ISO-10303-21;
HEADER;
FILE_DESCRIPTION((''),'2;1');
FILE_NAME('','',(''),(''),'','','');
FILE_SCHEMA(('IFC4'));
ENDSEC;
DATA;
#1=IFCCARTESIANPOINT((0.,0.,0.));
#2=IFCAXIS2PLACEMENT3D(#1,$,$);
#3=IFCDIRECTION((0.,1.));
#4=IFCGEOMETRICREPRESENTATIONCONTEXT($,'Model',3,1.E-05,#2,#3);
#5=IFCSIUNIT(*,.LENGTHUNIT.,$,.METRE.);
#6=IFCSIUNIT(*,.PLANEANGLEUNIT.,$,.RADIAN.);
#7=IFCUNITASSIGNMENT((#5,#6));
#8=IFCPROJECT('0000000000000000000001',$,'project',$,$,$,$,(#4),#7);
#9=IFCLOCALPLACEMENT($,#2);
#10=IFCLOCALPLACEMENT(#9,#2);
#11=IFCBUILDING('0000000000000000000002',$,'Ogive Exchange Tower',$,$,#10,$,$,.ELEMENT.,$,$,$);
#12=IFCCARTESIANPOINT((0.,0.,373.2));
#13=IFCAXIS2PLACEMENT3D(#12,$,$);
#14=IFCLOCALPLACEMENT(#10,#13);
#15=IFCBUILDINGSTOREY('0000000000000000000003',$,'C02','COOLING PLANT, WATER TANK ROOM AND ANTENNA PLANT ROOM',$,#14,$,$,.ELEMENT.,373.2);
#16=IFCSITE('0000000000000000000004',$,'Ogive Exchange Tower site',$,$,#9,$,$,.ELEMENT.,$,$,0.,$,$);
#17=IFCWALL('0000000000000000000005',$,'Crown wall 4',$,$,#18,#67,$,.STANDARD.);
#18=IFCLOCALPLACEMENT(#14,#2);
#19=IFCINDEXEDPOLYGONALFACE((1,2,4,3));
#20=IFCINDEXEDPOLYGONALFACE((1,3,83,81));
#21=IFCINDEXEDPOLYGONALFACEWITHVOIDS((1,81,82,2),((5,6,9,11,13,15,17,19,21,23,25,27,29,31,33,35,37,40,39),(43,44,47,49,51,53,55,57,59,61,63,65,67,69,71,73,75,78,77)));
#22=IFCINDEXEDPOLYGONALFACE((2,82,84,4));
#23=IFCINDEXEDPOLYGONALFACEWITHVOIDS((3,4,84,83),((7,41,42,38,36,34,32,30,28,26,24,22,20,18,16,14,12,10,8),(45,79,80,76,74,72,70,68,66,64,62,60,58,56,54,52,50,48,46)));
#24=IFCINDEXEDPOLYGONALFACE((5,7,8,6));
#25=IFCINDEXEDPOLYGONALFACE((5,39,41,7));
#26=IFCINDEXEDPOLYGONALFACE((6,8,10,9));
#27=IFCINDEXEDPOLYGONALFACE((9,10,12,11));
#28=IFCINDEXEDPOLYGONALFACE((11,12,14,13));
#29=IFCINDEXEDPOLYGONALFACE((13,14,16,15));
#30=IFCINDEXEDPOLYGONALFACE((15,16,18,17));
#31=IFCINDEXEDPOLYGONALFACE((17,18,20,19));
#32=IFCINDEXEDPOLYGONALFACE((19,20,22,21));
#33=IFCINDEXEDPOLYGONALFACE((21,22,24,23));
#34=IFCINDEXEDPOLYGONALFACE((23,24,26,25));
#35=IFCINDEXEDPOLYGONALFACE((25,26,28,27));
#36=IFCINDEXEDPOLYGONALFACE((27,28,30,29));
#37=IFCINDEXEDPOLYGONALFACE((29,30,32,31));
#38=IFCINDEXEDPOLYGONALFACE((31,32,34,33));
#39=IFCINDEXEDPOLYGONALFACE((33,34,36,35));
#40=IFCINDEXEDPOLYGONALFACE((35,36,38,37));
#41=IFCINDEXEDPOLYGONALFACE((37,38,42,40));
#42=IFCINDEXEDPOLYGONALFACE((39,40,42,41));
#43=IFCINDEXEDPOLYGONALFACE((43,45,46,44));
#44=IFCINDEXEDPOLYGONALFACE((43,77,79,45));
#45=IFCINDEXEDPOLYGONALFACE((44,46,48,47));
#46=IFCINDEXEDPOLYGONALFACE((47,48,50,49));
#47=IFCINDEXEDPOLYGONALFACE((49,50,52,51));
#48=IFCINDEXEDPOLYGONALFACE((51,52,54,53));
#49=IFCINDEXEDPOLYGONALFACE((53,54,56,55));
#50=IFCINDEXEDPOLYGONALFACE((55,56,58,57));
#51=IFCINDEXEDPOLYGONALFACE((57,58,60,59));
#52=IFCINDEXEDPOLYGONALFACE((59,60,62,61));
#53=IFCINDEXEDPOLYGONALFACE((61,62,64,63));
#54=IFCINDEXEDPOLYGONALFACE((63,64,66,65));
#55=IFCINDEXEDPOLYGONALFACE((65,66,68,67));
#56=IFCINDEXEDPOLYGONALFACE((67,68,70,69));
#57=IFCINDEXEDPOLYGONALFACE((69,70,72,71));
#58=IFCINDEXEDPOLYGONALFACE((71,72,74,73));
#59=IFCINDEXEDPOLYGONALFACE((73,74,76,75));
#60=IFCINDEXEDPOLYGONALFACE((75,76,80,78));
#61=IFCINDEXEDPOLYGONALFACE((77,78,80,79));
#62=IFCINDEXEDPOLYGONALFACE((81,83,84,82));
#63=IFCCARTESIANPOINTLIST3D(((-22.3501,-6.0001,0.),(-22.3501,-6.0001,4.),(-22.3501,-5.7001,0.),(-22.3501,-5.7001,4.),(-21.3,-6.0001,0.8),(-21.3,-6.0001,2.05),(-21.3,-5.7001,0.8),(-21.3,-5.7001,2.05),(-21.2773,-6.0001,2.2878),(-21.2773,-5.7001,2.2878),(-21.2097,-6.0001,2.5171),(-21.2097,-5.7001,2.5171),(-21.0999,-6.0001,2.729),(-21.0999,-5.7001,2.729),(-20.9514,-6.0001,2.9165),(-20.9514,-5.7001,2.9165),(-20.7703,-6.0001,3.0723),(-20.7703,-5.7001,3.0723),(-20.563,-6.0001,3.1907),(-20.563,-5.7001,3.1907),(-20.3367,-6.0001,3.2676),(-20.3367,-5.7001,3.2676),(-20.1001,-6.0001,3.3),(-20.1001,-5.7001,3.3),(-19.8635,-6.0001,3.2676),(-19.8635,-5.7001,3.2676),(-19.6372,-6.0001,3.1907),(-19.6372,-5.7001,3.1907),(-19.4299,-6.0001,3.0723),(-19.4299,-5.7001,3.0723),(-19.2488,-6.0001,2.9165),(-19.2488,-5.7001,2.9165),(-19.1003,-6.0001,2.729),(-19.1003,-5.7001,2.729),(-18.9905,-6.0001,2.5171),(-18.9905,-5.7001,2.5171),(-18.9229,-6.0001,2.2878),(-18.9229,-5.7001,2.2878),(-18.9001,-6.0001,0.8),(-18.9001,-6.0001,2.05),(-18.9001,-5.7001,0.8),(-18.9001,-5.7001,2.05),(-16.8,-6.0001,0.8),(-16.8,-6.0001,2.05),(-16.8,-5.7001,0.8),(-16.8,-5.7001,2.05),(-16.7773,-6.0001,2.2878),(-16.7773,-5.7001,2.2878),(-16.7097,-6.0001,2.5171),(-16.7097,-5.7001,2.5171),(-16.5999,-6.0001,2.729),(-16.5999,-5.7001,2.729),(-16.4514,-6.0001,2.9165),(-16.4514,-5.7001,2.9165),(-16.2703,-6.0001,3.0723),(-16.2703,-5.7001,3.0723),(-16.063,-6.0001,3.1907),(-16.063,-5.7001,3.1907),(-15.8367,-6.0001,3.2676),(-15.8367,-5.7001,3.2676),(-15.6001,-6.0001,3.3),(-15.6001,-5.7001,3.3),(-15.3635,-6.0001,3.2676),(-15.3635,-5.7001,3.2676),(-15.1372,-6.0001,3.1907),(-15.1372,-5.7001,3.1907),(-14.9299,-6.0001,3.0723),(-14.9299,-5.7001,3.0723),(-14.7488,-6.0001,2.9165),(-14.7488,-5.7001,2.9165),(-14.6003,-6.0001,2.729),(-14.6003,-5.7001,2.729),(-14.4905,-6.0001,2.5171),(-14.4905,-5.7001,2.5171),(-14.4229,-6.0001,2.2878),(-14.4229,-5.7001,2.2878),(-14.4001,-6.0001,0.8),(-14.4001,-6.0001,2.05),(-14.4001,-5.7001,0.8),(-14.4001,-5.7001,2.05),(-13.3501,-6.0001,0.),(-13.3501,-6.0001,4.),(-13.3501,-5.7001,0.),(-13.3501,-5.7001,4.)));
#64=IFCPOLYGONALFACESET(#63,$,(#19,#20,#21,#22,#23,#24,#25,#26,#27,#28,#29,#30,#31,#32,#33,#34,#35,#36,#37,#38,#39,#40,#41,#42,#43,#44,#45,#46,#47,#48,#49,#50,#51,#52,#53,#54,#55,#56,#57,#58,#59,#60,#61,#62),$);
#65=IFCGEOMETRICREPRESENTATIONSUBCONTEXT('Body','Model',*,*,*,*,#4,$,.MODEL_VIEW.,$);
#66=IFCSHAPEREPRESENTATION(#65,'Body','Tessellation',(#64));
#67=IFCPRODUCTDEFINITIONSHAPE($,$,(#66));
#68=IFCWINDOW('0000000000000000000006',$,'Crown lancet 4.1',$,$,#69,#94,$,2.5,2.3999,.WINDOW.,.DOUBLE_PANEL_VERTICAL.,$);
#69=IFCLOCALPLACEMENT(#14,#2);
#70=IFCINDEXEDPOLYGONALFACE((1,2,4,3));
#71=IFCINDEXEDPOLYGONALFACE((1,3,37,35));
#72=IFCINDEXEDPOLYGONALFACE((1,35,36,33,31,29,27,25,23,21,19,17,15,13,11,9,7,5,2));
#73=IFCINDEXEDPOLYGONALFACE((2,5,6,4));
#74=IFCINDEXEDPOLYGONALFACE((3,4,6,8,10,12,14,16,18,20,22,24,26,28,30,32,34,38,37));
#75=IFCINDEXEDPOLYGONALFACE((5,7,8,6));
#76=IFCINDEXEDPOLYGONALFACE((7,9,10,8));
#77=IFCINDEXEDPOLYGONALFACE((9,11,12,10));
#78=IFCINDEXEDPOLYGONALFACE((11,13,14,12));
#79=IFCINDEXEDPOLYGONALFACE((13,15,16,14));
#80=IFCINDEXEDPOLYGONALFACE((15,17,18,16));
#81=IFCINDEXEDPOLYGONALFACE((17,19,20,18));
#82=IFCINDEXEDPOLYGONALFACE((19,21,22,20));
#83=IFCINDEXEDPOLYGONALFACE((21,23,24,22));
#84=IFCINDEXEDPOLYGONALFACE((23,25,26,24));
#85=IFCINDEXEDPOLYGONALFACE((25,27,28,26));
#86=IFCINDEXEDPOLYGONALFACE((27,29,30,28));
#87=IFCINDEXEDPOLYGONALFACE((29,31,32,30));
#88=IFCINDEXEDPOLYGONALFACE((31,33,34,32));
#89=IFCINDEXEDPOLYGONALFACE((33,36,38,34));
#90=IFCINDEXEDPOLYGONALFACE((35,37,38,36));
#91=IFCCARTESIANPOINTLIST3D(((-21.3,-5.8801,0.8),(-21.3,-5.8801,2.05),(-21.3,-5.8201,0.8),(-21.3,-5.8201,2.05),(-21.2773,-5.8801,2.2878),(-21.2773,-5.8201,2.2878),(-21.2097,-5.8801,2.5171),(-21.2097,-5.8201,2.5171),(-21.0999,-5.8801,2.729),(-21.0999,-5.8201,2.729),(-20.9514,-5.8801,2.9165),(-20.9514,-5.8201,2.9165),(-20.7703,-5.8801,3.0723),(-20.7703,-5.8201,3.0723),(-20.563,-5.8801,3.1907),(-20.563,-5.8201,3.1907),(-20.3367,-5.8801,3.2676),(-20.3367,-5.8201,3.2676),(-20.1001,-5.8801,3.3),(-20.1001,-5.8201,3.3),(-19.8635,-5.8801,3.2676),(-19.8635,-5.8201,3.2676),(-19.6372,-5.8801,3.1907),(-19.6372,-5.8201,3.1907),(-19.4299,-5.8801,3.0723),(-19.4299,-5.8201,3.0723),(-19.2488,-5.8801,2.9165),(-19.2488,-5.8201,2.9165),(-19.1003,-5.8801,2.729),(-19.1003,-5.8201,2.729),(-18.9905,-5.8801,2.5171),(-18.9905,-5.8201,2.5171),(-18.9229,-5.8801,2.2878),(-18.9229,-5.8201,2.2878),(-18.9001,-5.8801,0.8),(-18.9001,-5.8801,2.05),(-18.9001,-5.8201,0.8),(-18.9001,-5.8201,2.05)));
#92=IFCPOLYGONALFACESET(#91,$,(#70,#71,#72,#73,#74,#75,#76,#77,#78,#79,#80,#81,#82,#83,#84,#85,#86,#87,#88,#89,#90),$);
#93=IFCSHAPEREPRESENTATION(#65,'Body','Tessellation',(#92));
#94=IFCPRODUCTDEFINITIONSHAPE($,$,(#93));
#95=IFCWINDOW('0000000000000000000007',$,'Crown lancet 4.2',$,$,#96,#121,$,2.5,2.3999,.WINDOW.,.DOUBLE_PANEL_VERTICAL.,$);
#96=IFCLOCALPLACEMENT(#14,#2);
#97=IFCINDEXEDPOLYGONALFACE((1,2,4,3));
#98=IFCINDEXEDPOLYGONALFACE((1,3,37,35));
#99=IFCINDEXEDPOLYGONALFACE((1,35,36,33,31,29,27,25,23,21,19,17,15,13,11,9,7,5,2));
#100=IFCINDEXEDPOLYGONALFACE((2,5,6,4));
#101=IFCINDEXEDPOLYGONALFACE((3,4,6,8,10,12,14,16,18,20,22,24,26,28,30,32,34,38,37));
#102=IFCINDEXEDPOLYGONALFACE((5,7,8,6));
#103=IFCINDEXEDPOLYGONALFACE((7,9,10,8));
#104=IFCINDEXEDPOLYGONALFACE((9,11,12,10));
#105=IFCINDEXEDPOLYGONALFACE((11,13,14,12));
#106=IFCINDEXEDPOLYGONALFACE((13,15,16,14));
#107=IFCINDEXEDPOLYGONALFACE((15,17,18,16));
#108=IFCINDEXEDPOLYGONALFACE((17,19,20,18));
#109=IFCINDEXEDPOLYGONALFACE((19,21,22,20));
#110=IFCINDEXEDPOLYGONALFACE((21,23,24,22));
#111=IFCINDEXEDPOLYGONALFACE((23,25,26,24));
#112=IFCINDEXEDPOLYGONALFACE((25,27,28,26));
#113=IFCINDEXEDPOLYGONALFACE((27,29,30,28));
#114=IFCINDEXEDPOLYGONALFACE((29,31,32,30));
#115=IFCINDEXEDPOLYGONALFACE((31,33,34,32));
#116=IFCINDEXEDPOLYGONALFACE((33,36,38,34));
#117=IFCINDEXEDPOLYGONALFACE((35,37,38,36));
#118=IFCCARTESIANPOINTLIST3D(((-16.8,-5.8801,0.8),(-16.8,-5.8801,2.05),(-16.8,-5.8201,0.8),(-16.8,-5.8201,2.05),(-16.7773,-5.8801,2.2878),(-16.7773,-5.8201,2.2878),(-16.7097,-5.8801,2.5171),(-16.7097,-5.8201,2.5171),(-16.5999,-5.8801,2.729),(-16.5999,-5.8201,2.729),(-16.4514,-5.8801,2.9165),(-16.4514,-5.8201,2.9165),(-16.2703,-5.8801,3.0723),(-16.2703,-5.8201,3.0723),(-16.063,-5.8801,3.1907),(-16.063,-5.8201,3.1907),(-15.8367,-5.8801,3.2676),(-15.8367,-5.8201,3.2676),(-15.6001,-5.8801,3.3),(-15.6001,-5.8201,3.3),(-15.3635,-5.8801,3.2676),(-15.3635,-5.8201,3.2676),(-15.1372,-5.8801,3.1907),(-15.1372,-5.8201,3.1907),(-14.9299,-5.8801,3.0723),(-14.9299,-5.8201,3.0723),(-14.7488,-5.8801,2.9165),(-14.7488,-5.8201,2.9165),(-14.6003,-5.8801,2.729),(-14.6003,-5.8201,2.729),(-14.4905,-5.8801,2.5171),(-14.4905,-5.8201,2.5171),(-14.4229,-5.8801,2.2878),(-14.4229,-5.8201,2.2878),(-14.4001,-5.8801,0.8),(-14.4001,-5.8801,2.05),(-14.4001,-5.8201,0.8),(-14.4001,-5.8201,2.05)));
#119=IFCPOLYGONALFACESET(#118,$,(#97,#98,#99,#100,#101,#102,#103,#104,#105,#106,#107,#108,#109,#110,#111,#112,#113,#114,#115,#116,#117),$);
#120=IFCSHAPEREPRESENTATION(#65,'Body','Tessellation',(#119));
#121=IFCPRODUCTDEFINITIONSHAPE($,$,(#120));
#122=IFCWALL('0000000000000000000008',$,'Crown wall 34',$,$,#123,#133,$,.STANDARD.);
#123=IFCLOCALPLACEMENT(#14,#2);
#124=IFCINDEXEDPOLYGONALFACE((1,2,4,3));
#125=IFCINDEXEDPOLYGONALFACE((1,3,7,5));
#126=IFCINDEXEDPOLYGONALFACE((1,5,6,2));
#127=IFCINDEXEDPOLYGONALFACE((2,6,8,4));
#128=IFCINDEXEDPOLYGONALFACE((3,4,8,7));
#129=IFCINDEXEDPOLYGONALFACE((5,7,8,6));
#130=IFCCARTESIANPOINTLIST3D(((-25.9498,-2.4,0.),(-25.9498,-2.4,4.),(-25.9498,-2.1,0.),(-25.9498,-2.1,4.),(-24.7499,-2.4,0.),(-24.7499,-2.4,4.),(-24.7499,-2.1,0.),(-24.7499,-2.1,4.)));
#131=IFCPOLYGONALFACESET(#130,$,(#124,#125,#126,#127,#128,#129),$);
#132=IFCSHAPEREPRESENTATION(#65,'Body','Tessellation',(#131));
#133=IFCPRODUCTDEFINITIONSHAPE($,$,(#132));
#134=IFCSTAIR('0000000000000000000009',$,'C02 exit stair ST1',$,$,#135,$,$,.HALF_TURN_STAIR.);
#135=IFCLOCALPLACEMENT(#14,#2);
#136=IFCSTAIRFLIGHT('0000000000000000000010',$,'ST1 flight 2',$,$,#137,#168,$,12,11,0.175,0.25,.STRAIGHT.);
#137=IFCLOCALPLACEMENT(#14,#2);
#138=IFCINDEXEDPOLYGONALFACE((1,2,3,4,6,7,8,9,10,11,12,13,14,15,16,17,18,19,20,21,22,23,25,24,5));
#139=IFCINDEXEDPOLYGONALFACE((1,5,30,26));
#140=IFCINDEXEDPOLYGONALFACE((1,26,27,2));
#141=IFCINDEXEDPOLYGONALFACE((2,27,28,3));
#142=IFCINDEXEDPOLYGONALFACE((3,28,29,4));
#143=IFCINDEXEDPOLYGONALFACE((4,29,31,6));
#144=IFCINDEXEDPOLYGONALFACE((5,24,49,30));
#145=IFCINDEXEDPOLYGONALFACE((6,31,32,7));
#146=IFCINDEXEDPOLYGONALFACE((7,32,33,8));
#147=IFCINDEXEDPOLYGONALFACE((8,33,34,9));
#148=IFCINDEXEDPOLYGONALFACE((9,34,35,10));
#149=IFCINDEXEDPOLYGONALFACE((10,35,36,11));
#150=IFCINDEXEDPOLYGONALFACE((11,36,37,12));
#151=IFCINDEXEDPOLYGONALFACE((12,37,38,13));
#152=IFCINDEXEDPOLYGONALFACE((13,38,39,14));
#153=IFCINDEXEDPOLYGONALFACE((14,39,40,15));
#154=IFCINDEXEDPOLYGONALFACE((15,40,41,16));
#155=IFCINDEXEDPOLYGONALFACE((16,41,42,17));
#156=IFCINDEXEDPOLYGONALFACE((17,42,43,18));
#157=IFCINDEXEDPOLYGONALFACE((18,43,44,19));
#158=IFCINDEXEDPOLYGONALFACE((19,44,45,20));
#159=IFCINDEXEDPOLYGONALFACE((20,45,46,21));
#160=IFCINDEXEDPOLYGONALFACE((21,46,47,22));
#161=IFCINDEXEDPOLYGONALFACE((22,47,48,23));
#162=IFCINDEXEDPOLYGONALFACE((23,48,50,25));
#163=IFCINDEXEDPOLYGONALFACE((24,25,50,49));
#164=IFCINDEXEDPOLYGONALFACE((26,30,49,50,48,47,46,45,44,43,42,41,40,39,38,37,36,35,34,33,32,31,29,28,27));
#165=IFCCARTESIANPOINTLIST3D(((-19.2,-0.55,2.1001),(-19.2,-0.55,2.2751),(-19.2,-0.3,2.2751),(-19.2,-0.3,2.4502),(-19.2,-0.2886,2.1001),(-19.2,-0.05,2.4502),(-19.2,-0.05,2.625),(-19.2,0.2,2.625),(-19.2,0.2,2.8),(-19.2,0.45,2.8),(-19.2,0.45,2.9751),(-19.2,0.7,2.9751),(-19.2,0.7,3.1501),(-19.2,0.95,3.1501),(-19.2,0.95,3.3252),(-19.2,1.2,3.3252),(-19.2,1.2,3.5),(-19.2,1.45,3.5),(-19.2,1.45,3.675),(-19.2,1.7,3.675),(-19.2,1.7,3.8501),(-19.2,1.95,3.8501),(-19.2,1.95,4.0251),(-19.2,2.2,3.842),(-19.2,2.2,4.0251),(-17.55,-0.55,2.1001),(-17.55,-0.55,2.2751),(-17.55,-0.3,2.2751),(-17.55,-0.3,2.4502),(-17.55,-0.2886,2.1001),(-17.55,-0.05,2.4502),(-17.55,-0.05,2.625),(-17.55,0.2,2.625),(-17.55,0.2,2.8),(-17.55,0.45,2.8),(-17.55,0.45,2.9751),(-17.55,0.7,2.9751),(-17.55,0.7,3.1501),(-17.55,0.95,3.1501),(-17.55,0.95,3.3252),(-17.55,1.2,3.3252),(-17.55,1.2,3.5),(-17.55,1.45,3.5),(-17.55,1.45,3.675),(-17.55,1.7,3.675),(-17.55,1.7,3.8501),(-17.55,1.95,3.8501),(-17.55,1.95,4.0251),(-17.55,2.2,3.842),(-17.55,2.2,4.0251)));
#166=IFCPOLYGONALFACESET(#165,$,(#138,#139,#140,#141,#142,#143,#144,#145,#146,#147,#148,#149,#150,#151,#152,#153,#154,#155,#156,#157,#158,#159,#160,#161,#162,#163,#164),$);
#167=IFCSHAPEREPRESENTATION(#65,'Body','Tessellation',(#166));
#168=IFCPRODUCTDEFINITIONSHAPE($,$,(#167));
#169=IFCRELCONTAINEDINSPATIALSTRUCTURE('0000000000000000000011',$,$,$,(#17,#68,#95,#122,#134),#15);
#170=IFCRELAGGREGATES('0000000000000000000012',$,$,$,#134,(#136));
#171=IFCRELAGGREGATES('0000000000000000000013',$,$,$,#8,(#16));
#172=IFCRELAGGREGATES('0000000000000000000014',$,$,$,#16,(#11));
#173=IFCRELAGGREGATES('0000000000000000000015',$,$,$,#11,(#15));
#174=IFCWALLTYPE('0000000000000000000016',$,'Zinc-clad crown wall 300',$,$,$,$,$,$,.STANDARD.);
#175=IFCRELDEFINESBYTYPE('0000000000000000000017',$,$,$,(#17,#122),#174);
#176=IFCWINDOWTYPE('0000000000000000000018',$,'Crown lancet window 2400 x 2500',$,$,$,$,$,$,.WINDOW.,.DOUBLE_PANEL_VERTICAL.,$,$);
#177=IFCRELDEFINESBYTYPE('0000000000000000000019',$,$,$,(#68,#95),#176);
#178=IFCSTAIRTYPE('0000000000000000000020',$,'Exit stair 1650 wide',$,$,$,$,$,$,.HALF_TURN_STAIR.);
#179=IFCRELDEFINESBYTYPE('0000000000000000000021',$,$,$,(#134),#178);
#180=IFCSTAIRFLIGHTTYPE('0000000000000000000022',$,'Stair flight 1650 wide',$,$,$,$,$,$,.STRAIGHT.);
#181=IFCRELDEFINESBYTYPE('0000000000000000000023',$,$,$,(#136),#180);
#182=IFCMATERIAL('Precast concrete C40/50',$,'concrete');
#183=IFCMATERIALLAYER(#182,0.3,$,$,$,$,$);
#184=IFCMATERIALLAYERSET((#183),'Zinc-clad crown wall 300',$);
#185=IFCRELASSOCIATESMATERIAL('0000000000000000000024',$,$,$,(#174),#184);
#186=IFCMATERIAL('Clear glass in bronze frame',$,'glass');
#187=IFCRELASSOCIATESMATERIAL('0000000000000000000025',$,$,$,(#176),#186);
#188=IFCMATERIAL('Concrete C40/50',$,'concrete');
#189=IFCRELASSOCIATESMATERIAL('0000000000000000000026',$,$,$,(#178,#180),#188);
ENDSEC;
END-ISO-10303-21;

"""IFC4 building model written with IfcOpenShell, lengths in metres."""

from ifc_helpers import new_model, si_unit, direction, frame, frame_2d, origin, place, context, subcontext, project, spatial, polyline, rectangle, outline, extrude, material, layer, layer_set, type_object, element, fill, aggregate, save


model = new_model("IFC4")

# Units and contexts
model_context = context("Model", 3, precision=1e-05, world=origin(), true_north=direction((0.0, 1.0)))
body_context = subcontext(model_context, "Body", "Model", "MODEL_VIEW")
ifc_project = project(units=[si_unit("LENGTHUNIT", "METRE"), si_unit("PLANEANGLEUNIT", "RADIAN")], contexts=[model_context])

# Site, building, storey
site_placement = place(None, origin())
site = spatial("IfcSite", under=ifc_project, at=site_placement, Name="Ogive Exchange Tower site", CompositionType="ELEMENT", RefElevation=0.0)
building_placement = place(site_placement, origin())
building = spatial("IfcBuilding", under=site, at=building_placement, Name="Ogive Exchange Tower", CompositionType="ELEMENT")
storey_placement = place(building_placement, frame((0.0, 0.0, 373.2)))
storey = spatial("IfcBuildingStorey", under=building, at=storey_placement, Name="C02", Description="COOLING PLANT, WATER TANK ROOM AND ANTENNA PLANT ROOM", CompositionType="ELEMENT", Elevation=373.2)

# Shared definitions
ifc_material_1 = material(Name="Precast concrete C40/50", Category="concrete")
ifc_layer_1 = layer(ifc_material_1, 0.3)
ifc_layer_set_1 = layer_set([ifc_layer_1], Name="Zinc-clad crown wall 300")
wall_type_1 = type_object("IfcWallType", Name="Zinc-clad crown wall 300", PredefinedType="STANDARD", material=ifc_layer_set_1)

# Wall, openings, windows
wall_1_placement = place(storey_placement, frame((-22.3501, -5.8501, 0.0), z_axis=(0.0, 0.0, 1.0), x_axis=(1.0, 0.0, 0.0)))
wall_1 = element("IfcWall", 1, at=wall_1_placement, inside=storey, type_object=wall_type_1, Name="Crown wall 4", PredefinedType="STANDARD", context=body_context, shape_type="SweptSolid", body=[
    extrude(rectangle(XDim=9.0, YDim=0.3, at=frame_2d((4.5, 0.0))), origin(), (0.0, 0.0, 1.0), 4.0),
])
opening_1_placement = place(wall_1_placement, frame((1.05, 0.0, 0.8)))
opening_1 = element("IfcOpeningElement", 2, at=opening_1_placement, cuts=wall_1, PredefinedType="OPENING", context=body_context, shape_type="SweptSolid", body=[
    extrude(outline(polyline([(0.0, 0.0), (2.3999, 0.0), (2.3999, 1.25), (2.3772, 1.4878), (2.3096, 1.717), (2.1997, 1.929), (2.0513, 2.1165), (1.8701, 2.2722), (1.6628, 2.3906), (1.4365, 2.4675), (1.2, 2.5), (0.9634, 2.4675), (0.7371, 2.3906), (0.5298, 2.2722), (0.3486, 2.1165), (0.2002, 1.929), (0.0903, 1.717), (0.0227, 1.4878), (0.0, 1.25), (0.0, 0.0)])), frame((0.0, 0.1599, 0.0), z_axis=(0.0, -1.0, 0.0), x_axis=(1.0, 0.0, 0.0)), (0.0, 0.0, 1.0), 0.3201),
])
opening_2_placement = place(wall_1_placement, frame((5.55, 0.0, 0.8)))
opening_2 = element("IfcOpeningElement", 3, at=opening_2_placement, cuts=wall_1, PredefinedType="OPENING", context=body_context, shape_type="SweptSolid", body=[
    extrude(outline(polyline([(0.0, 0.0), (2.3999, 0.0), (2.3999, 1.25), (2.3772, 1.4878), (2.3096, 1.717), (2.1997, 1.929), (2.0513, 2.1165), (1.8701, 2.2722), (1.6628, 2.3906), (1.4365, 2.4675), (1.2, 2.5), (0.9634, 2.4675), (0.7371, 2.3906), (0.5298, 2.2722), (0.3486, 2.1165), (0.2002, 1.929), (0.0903, 1.717), (0.0227, 1.4878), (0.0, 1.25), (0.0, 0.0)])), frame((0.0, 0.1599, 0.0), z_axis=(0.0, -1.0, 0.0), x_axis=(1.0, 0.0, 0.0)), (0.0, 0.0, 1.0), 0.3201),
])
ifc_material_2 = material(Name="Clear glass in bronze frame", Category="glass")
window_type = type_object("IfcWindowType", Name="Crown lancet window 2400 x 2500", PartitioningType="DOUBLE_PANEL_VERTICAL", PredefinedType="WINDOW", material=ifc_material_2)
window_1_placement = place(opening_1_placement, origin())
window_1 = element("IfcWindow", 4, at=window_1_placement, inside=storey, type_object=window_type, Name="Crown lancet 4.1", OverallHeight=2.5, OverallWidth=2.3999, PartitioningType="DOUBLE_PANEL_VERTICAL", PredefinedType="WINDOW", context=body_context, shape_type="SweptSolid", body=[
    extrude(outline(polyline([(0.0, 0.0), (2.3999, 0.0), (2.3999, 1.25), (2.3772, 1.4878), (2.3096, 1.717), (2.1997, 1.929), (2.0513, 2.1165), (1.8701, 2.2722), (1.6628, 2.3906), (1.4365, 2.4675), (1.2, 2.5), (0.9634, 2.4675), (0.7371, 2.3906), (0.5298, 2.2722), (0.3486, 2.1165), (0.2002, 1.929), (0.0903, 1.717), (0.0227, 1.4878), (0.0, 1.25), (0.0, 0.0)])), frame((0.0, 0.03, 0.0), z_axis=(0.0, -1.0, 0.0), x_axis=(1.0, 0.0, 0.0)), (0.0, 0.0, 1.0), 0.0601),
])
fill(opening_1, window_1)
window_2_placement = place(opening_2_placement, origin())
window_2 = element("IfcWindow", 5, at=window_2_placement, inside=storey, type_object=window_type, Name="Crown lancet 4.2", OverallHeight=2.5, OverallWidth=2.3999, PartitioningType="DOUBLE_PANEL_VERTICAL", PredefinedType="WINDOW", context=body_context, shape_type="SweptSolid", body=[
    extrude(outline(polyline([(0.0, 0.0), (2.3999, 0.0), (2.3999, 1.25), (2.3772, 1.4878), (2.3096, 1.717), (2.1997, 1.929), (2.0513, 2.1165), (1.8701, 2.2722), (1.6628, 2.3906), (1.4365, 2.4675), (1.2, 2.5), (0.9634, 2.4675), (0.7371, 2.3906), (0.5298, 2.2722), (0.3486, 2.1165), (0.2002, 1.929), (0.0903, 1.717), (0.0227, 1.4878), (0.0, 1.25), (0.0, 0.0)])), frame((0.0, 0.03, 0.0), z_axis=(0.0, -1.0, 0.0), x_axis=(1.0, 0.0, 0.0)), (0.0, 0.0, 1.0), 0.0601),
])
fill(opening_2, window_2)

# Wall
wall_2_placement = place(storey_placement, frame((-25.95, -2.25, 0.0), z_axis=(0.0, 0.0, 1.0), x_axis=(1.0, 0.0, 0.0)))
element("IfcWall", 6, at=wall_2_placement, inside=storey, type_object=wall_type_1, Name="Crown wall 34", PredefinedType="STANDARD", context=body_context, shape_type="SweptSolid", body=[
    extrude(rectangle(XDim=1.2, YDim=0.3, at=frame_2d((0.6001, 0.0))), origin(), (0.0, 0.0, 1.0), 4.0),
])

# Stair, stair flight
ifc_material_3 = material(Name="Concrete C40/50", Category="concrete")
stair_type = type_object("IfcStairType", Name="Exit stair 1650 wide", PredefinedType="HALF_TURN_STAIR", material=ifc_material_3)
stair_placement = place(storey_placement, origin())
stair = element("IfcStair", 7, at=stair_placement, inside=storey, type_object=stair_type, Name="C02 exit stair ST1", PredefinedType="HALF_TURN_STAIR")
stair_flight_type = type_object("IfcStairFlightType", Name="Stair flight 1650 wide", PredefinedType="STRAIGHT", material=ifc_material_3)
stair_flight_placement = place(storey_placement, frame((-18.375, -0.55, 2.1001), z_axis=(0.0, 0.0, 1.0), x_axis=(0.0, 1.0, 0.0)))
stair_flight = element("IfcStairFlight", 8, at=stair_flight_placement, type_object=stair_flight_type, Name="ST1 flight 2", NumberOfRisers=12, NumberOfTreads=11, PredefinedType="STRAIGHT", RiserHeight=0.175, TreadLength=0.25, context=body_context, shape_type="SweptSolid", body=[
    extrude(outline(polyline([(0.0, 0.0), (0.0, 0.175), (0.25, 0.175), (0.25, 0.3501), (0.5, 0.3501), (0.5, 0.5249), (0.75, 0.5249), (0.75, 0.7), (1.0, 0.7), (1.0, 0.875), (1.25, 0.875), (1.25, 1.05), (1.5, 1.05), (1.5, 1.2251), (1.75, 1.2251), (1.75, 1.3999), (2.0, 1.3999), (2.0, 1.575), (2.25, 1.575), (2.25, 1.75), (2.5, 1.75), (2.5, 1.925), (2.75, 1.925), (2.75, 2.1001), (2.75, 1.7419), (0.2615, 0.0), (0.0, 0.0)])), frame((0.0, 0.825, 0.0), z_axis=(0.0, -1.0, 0.0), x_axis=(1.0, 0.0, 0.0)), (0.0, 0.0, 1.0), 1.6499),
])
aggregate(stair, [stair_flight])

save(model, "model.ifc")
